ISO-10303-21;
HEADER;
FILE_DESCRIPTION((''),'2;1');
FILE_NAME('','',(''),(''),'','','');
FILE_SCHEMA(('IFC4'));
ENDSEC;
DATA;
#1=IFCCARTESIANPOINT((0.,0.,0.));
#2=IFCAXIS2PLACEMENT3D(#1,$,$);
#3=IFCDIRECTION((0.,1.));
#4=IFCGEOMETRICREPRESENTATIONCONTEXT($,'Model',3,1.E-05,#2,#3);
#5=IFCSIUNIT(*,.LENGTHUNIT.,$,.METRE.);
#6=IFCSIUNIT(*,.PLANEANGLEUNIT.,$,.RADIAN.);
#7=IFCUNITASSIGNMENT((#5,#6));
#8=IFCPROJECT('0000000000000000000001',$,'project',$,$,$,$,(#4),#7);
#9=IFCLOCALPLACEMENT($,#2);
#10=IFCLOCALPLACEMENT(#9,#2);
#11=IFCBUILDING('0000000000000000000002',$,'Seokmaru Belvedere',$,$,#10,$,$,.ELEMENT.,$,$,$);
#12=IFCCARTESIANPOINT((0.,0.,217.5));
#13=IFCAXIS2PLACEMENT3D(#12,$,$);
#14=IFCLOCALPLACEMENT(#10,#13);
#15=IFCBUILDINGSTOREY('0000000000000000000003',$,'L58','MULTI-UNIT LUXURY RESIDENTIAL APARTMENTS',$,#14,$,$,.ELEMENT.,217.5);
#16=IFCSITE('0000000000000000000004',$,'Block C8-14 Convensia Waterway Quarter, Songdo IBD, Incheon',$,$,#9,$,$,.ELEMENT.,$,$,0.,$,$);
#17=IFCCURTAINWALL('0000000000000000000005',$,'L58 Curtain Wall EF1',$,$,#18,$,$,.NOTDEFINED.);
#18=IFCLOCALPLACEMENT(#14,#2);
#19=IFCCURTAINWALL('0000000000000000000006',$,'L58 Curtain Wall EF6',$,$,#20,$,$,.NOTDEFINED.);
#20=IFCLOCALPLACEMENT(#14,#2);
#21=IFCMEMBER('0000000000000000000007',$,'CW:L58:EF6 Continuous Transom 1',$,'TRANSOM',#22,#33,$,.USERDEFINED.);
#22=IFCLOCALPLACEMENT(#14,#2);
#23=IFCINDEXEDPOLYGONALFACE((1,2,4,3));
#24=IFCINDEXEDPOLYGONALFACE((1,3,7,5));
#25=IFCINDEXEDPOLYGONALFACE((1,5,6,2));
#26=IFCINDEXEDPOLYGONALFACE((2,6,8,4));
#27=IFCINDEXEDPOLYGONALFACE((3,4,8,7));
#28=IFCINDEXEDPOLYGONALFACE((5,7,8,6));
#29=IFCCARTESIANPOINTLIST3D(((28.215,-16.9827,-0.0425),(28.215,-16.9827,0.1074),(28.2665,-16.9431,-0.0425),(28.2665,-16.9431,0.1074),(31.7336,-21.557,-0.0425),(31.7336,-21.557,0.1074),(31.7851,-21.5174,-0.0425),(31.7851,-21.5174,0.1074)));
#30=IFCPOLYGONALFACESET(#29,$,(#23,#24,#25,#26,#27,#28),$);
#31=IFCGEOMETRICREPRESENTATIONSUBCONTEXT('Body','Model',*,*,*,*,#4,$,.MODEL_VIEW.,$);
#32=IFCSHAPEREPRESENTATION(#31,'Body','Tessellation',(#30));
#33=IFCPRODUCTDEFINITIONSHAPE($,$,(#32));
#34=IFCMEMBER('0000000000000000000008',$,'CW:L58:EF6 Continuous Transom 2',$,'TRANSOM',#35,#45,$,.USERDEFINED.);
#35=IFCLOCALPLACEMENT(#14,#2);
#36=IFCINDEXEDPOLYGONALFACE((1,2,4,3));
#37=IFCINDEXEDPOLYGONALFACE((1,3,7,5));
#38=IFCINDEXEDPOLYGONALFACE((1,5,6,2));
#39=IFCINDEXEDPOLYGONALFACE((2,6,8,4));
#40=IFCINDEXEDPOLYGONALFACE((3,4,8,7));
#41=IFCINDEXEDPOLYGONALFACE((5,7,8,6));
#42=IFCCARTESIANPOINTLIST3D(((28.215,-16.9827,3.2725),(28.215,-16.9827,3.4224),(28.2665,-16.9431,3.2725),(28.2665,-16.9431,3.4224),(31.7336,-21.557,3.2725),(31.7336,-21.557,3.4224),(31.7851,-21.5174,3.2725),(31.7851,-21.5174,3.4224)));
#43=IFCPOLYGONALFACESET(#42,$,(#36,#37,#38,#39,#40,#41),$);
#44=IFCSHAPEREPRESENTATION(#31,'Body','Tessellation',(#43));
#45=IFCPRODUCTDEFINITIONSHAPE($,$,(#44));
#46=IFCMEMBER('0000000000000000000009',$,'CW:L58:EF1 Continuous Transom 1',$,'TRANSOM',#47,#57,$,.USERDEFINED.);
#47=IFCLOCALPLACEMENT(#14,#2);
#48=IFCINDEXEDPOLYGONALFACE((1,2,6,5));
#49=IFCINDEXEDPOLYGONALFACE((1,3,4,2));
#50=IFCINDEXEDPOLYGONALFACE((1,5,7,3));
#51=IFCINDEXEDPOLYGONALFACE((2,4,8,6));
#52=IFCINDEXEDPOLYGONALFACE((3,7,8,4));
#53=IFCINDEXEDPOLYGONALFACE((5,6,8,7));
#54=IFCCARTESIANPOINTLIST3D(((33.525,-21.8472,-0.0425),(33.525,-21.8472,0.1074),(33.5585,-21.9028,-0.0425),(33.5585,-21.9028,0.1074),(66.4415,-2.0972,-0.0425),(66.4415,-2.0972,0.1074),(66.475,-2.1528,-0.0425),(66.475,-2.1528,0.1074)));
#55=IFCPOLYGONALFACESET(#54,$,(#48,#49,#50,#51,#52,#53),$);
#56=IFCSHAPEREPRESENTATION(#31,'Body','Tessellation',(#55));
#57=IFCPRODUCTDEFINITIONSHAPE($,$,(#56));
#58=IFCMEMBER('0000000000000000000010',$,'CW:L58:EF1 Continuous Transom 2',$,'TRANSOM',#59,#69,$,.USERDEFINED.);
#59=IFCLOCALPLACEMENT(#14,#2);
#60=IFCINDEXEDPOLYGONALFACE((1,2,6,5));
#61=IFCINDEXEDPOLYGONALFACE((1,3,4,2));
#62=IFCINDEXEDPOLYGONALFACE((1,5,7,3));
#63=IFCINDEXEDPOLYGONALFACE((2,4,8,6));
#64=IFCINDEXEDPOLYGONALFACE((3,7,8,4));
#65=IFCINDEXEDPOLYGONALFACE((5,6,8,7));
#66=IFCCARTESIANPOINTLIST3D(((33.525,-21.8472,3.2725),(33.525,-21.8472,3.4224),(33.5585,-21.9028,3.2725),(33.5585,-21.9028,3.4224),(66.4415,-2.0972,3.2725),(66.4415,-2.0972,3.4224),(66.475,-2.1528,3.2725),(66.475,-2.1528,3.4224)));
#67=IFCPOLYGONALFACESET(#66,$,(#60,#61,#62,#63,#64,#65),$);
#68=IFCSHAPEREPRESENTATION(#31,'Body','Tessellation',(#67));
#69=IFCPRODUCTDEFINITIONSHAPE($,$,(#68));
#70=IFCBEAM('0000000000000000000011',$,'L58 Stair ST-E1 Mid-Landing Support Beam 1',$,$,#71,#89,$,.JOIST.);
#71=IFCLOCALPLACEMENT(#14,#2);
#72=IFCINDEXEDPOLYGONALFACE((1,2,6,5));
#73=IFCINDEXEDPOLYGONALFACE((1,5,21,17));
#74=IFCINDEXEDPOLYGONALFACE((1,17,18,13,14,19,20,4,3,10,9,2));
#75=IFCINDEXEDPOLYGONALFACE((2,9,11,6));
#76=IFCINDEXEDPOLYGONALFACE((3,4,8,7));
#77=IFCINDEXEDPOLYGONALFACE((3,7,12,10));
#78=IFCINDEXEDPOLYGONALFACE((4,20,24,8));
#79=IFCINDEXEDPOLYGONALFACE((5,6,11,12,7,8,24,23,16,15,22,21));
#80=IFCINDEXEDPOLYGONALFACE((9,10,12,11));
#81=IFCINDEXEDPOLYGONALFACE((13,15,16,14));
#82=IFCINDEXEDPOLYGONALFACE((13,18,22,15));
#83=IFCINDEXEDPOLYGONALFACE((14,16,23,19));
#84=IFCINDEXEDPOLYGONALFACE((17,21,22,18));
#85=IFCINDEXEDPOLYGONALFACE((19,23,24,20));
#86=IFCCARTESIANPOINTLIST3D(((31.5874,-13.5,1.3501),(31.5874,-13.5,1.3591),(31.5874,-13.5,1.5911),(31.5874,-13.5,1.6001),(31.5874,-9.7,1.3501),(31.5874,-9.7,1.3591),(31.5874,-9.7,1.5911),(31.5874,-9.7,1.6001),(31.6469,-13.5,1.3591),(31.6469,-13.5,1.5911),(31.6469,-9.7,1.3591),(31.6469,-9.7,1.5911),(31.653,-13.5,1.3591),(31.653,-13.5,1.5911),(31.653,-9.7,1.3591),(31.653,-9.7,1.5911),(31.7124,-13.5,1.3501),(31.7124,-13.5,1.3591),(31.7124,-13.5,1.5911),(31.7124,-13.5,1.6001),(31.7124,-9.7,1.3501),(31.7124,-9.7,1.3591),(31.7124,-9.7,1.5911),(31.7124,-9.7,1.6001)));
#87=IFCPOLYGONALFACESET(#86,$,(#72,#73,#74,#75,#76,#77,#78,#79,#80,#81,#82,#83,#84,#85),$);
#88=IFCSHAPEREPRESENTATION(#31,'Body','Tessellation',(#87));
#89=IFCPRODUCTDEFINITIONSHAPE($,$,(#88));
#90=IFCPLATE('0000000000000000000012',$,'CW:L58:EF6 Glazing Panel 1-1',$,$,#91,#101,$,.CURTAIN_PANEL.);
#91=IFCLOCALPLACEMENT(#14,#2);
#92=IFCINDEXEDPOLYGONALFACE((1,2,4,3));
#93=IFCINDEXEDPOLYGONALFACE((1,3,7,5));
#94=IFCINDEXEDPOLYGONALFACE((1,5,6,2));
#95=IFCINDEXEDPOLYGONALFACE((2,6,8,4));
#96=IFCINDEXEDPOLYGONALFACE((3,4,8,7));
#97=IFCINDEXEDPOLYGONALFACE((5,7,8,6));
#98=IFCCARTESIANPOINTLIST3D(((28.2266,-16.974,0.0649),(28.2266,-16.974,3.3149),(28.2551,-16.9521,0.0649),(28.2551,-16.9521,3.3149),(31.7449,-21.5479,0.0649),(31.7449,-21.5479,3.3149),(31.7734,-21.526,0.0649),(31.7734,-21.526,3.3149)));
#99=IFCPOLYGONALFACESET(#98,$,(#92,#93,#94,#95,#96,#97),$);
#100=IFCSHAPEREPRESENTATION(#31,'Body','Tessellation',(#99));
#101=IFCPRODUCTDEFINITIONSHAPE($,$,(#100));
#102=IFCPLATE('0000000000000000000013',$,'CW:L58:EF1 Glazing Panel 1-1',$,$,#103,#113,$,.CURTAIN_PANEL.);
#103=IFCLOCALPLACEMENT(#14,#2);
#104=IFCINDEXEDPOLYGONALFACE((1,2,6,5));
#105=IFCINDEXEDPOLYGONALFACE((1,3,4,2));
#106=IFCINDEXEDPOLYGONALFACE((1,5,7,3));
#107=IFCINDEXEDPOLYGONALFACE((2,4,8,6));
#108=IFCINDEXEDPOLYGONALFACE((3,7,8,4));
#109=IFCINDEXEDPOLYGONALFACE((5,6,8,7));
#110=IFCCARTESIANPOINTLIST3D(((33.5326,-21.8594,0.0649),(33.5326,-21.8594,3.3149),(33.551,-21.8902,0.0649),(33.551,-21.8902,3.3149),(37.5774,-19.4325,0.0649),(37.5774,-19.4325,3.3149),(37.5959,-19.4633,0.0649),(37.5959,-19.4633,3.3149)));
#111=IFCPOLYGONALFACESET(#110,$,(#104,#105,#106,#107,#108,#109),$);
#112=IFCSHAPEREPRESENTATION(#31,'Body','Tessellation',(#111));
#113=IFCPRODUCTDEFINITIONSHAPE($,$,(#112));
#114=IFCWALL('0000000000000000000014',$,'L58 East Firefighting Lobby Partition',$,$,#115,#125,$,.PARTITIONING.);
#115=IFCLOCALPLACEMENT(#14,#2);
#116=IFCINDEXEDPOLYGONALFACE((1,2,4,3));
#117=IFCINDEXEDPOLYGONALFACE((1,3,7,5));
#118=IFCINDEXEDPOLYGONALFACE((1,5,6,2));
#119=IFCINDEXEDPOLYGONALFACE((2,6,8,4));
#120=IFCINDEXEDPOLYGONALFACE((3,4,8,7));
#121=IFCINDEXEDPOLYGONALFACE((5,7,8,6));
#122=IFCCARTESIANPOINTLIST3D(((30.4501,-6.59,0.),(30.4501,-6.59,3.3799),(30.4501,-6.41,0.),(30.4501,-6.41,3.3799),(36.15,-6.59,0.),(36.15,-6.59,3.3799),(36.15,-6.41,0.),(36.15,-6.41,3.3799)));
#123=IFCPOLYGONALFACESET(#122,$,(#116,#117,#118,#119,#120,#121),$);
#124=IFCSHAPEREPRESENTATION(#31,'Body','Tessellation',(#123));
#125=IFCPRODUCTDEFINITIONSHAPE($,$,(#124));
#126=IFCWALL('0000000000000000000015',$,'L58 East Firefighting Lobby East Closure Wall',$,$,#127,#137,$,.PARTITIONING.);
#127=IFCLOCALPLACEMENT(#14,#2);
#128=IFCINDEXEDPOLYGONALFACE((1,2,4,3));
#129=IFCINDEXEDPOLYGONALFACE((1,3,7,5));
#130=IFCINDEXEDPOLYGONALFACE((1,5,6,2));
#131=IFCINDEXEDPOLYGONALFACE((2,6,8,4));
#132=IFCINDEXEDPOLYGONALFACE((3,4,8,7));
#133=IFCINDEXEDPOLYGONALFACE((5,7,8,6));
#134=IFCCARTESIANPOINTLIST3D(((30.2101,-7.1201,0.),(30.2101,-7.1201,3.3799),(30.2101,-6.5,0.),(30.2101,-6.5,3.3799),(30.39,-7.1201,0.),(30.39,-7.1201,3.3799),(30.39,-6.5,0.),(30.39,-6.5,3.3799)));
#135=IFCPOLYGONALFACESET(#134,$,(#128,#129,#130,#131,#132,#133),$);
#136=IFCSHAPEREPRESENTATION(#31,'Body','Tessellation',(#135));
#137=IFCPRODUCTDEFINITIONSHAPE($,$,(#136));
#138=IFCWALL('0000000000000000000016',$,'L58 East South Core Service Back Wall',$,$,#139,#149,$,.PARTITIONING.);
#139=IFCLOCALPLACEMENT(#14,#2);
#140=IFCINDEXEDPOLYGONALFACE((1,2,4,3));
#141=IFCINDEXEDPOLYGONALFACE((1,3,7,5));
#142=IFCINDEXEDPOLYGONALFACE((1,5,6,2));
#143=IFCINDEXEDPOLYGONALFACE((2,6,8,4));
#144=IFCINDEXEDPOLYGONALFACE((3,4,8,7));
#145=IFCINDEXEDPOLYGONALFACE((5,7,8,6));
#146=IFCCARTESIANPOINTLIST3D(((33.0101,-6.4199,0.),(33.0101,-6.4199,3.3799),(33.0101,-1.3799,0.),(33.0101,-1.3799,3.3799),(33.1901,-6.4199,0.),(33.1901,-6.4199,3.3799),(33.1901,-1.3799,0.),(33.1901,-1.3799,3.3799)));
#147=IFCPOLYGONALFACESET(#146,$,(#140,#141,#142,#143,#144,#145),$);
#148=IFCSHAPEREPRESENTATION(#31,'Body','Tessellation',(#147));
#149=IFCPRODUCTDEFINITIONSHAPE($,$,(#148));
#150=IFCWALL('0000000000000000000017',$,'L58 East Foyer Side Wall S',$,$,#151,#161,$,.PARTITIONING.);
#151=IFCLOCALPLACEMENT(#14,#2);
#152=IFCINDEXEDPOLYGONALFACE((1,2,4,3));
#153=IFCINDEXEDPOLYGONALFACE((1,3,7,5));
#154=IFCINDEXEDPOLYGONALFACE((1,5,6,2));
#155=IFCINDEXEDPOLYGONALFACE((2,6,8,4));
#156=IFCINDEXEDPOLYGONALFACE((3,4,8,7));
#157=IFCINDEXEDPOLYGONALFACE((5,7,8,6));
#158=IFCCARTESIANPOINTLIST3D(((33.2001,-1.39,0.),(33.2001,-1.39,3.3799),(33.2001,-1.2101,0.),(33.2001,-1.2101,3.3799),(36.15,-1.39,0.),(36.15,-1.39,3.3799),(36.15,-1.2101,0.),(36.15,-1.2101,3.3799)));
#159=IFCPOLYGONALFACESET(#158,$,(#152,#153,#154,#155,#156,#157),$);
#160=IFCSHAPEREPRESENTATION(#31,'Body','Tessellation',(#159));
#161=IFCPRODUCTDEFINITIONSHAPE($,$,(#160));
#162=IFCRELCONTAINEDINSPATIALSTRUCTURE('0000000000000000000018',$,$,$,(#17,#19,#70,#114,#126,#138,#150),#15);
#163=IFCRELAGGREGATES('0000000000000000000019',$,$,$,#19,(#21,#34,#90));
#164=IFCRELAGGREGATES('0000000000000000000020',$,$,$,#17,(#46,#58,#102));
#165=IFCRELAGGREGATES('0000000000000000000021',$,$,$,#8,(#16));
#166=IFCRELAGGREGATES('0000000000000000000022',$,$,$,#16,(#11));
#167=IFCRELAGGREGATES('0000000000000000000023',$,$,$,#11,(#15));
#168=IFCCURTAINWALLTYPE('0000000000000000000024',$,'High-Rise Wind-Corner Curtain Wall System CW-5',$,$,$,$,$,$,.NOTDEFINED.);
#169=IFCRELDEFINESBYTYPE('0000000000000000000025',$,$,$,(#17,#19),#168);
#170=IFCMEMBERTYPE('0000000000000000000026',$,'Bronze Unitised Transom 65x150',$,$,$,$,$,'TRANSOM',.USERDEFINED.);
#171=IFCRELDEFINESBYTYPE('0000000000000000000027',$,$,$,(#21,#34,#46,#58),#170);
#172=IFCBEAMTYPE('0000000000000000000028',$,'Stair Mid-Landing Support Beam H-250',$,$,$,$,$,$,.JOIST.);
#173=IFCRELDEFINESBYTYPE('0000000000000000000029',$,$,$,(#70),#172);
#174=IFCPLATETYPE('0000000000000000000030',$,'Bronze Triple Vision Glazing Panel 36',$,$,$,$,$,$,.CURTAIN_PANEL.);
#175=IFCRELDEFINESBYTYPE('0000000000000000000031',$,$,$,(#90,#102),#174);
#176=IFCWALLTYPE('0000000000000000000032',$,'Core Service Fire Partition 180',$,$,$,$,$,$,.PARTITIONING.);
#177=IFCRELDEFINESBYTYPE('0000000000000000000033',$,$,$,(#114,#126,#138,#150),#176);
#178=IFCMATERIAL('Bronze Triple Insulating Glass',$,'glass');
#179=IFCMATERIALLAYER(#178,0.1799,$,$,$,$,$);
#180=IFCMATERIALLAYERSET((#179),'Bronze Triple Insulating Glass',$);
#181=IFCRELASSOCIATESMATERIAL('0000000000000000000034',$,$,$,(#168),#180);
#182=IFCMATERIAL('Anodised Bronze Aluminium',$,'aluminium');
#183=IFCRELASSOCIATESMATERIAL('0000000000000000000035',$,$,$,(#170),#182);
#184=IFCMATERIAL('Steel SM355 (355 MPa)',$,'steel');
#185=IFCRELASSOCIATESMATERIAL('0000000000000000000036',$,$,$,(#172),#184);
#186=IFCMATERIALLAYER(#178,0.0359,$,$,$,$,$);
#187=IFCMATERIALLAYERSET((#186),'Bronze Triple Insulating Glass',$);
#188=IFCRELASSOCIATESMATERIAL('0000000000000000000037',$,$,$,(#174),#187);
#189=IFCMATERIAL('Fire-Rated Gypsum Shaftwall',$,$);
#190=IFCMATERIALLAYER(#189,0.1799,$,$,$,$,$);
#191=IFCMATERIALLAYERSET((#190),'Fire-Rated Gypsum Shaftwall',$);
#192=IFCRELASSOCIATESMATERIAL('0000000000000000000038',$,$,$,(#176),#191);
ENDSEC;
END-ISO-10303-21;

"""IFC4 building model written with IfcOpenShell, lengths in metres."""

from ifc_helpers import new_model, si_unit, direction, frame, frame_2d, origin, origin_2d, place, context, subcontext, project, spatial, rectangle, i_section, extrude, source, transform, mapped, material, layer, layer_set, material_profile, profile_set, type_object, type_shapes, element, aggregate, save


model = new_model("IFC4")

# Units and contexts
model_context = context("Model", 3, precision=1e-05, world=origin(), true_north=direction((0.0, 1.0)))
body_context = subcontext(model_context, "Body", "Model", "MODEL_VIEW")
ifc_project = project(units=[si_unit("LENGTHUNIT", "METRE"), si_unit("PLANEANGLEUNIT", "RADIAN")], contexts=[model_context])

# Site, building, storey
site_placement = place(None, origin())
site = spatial("IfcSite", under=ifc_project, at=site_placement, Name="Block C8-14 Convensia Waterway Quarter, Songdo IBD, Incheon", CompositionType="ELEMENT", RefElevation=0.0)
building_placement = place(site_placement, origin())
building = spatial("IfcBuilding", under=site, at=building_placement, Name="Seokmaru Belvedere", CompositionType="ELEMENT")
storey_placement = place(building_placement, frame((0.0, 0.0, 217.5)))
storey = spatial("IfcBuildingStorey", under=building, at=storey_placement, Name="L58", Description="MULTI-UNIT LUXURY RESIDENTIAL APARTMENTS", CompositionType="ELEMENT", Elevation=217.5)

# Shared definitions
ifc_material_1 = material(Name="Steel SM355 (355 MPa)", Category="steel")

# Curtain wall
ifc_material_2 = material(Name="Bronze Triple Insulating Glass", Category="glass")
ifc_layer_1 = layer(ifc_material_2, 0.1799)
ifc_layer_set_1 = layer_set([ifc_layer_1], Name="Bronze Triple Insulating Glass")
curtain_wall_type = type_object("IfcCurtainWallType", Name="High-Rise Wind-Corner Curtain Wall System CW-5", PredefinedType="NOTDEFINED", material=ifc_layer_set_1)
curtain_wall_1_placement = place(storey_placement, origin())
curtain_wall_1 = element("IfcCurtainWall", 1, at=curtain_wall_1_placement, inside=storey, type_object=curtain_wall_type, Name="L58 Curtain Wall EF1", PredefinedType="NOTDEFINED")
ifc_material_3 = material(Name="Anodised Bronze Aluminium", Category="aluminium")

# Curtain wall, members
curtain_wall_2_placement = place(storey_placement, origin())
curtain_wall_2 = element("IfcCurtainWall", 2, at=curtain_wall_2_placement, inside=storey, type_object=curtain_wall_type, Name="L58 Curtain Wall EF6", PredefinedType="NOTDEFINED")
ifc_material_profile_1 = material_profile(ifc_material_3, rectangle(XDim=0.0649, YDim=0.1499, at=origin_2d()), Name="CW-T-65x150")
ifc_profile_set_1 = profile_set([ifc_material_profile_1], Name="Anodised Bronze Aluminium")
member_type_1 = type_object("IfcMemberType", Name="Bronze Unitised Transom 65x150", ElementType="TRANSOM", PredefinedType="USERDEFINED", material=ifc_profile_set_1)
shared_shape_1 = source(origin(), body_context, "Body", "SweptSolid", [
    extrude(rectangle(XDim=0.0649, YDim=0.1499, at=origin_2d()), origin(), (0.0, 0.0, 1.0), 5.771),
])
member_1_placement = place(storey_placement, frame((28.2407, -16.9629, 0.0325), z_axis=(0.609703, -0.79263, 0.0), x_axis=(0.79263, 0.609703, 0.0)))
member_1 = element("IfcMember", 3, at=member_1_placement, type_object=member_type_1, Name="CW:L58:EF6 Continuous Transom 1", ObjectType="TRANSOM", PredefinedType="USERDEFINED", context=body_context, shape_type="MappedRepresentation", body=[
    mapped(shared_shape_1, transform((0.0, 0.0, 0.0), scale=1.0)),
])
member_2_placement = place(storey_placement, frame((28.2407, -16.9629, 3.3474), z_axis=(0.609703, -0.79263, 0.0), x_axis=(0.79263, 0.609703, 0.0)))
member_2 = element("IfcMember", 4, at=member_2_placement, type_object=member_type_1, Name="CW:L58:EF6 Continuous Transom 2", ObjectType="TRANSOM", PredefinedType="USERDEFINED", context=body_context, shape_type="MappedRepresentation", body=[
    mapped(shared_shape_1, transform((0.0, 0.0, 0.0), scale=1.0)),
])

# Members
shared_shape_2 = source(origin(), body_context, "Body", "SweptSolid", [
    extrude(rectangle(XDim=0.0649, YDim=0.1499, at=origin_2d()), origin(), (0.0, 0.0, 1.0), 38.387),
])
type_shapes(member_type_1, [shared_shape_1, shared_shape_2])
member_3_placement = place(storey_placement, frame((33.5417, -21.875, 0.0325), z_axis=(0.857492, 0.514498, 0.0), x_axis=(-0.514498, 0.857492, 0.0)))
member_3 = element("IfcMember", 5, at=member_3_placement, type_object=member_type_1, Name="CW:L58:EF1 Continuous Transom 1", ObjectType="TRANSOM", PredefinedType="USERDEFINED", context=body_context, shape_type="MappedRepresentation", body=[
    mapped(shared_shape_2, transform((0.0, 0.0, 0.0), scale=1.0)),
])
member_4_placement = place(storey_placement, frame((33.5417, -21.875, 3.3474), z_axis=(0.857492, 0.514498, 0.0), x_axis=(-0.514498, 0.857492, 0.0)))
member_4 = element("IfcMember", 6, at=member_4_placement, type_object=member_type_1, Name="CW:L58:EF1 Continuous Transom 2", ObjectType="TRANSOM", PredefinedType="USERDEFINED", context=body_context, shape_type="MappedRepresentation", body=[
    mapped(shared_shape_2, transform((0.0, 0.0, 0.0), scale=1.0)),
])

# Beam
ifc_material_profile_2 = material_profile(ifc_material_1, i_section(OverallWidth=0.125, OverallDepth=0.25, WebThickness=0.0061, FlangeThickness=0.009, at=origin_2d()), Name="H-250x125x6x9")
ifc_profile_set_2 = profile_set([ifc_material_profile_2], Name="Steel SM355 (355 MPa)")
beam_type_1 = type_object("IfcBeamType", Name="Stair Mid-Landing Support Beam H-250", PredefinedType="JOIST", material=ifc_profile_set_2)
shared_shape_3 = source(origin(), body_context, "Body", "SweptSolid", [
    extrude(i_section(OverallWidth=0.125, OverallDepth=0.25, WebThickness=0.0061, FlangeThickness=0.009, at=origin_2d()), origin(), (0.0, 0.0, 1.0), 3.8),
])
type_shapes(beam_type_1, [shared_shape_3])
beam_1_placement = place(storey_placement, frame((31.6499, -13.5, 1.4751), z_axis=(0.0, 1.0, 0.0), x_axis=(-1.0, 0.0, 0.0)))
element("IfcBeam", 7, at=beam_1_placement, inside=storey, type_object=beam_type_1, Name="L58 Stair ST-E1 Mid-Landing Support Beam 1", PredefinedType="JOIST", context=body_context, shape_type="MappedRepresentation", body=[
    mapped(shared_shape_3, transform((0.0, 0.0, 0.0), scale=1.0)),
])

# Plates
ifc_layer_2 = layer(ifc_material_2, 0.0359)
ifc_layer_set_2 = layer_set([ifc_layer_2], Name="Bronze Triple Insulating Glass")
plate_type = type_object("IfcPlateType", Name="Bronze Triple Vision Glazing Panel 36", PredefinedType="CURTAIN_PANEL", material=ifc_layer_set_2)
shared_shape_4 = source(origin(), body_context, "Body", "SweptSolid", [
    extrude(rectangle(XDim=5.7705, YDim=0.0359, at=origin_2d()), origin(), (0.0, 0.0, 1.0), 3.25),
])
plate_1_placement = place(storey_placement, frame((30.0, -19.25, 0.0649), z_axis=(0.0, 0.0, 1.0), x_axis=(0.609701, -0.792631, 0.0)))
plate_1 = element("IfcPlate", 8, at=plate_1_placement, type_object=plate_type, Name="CW:L58:EF6 Glazing Panel 1-1", PredefinedType="CURTAIN_PANEL", context=body_context, shape_type="MappedRepresentation", body=[
    mapped(shared_shape_4, transform((0.0, 0.0, 0.0), scale=1.0)),
])
aggregate(curtain_wall_2, [member_1, member_2, plate_1])
shared_shape_5 = source(origin(), body_context, "Body", "SweptSolid", [
    extrude(rectangle(XDim=4.717, YDim=0.0359, at=origin_2d()), origin(), (0.0, 0.0, 1.0), 3.25),
])
type_shapes(plate_type, [shared_shape_4, shared_shape_5])
plate_2_placement = place(storey_placement, frame((35.5642, -20.6614, 0.0649), z_axis=(0.0, 0.0, 1.0), x_axis=(0.857493, 0.514495, 0.0)))
plate_2 = element("IfcPlate", 9, at=plate_2_placement, type_object=plate_type, Name="CW:L58:EF1 Glazing Panel 1-1", PredefinedType="CURTAIN_PANEL", context=body_context, shape_type="MappedRepresentation", body=[
    mapped(shared_shape_5, transform((0.0, 0.0, 0.0), scale=1.0)),
])
aggregate(curtain_wall_1, [member_3, member_4, plate_2])

# Walls
ifc_material_4 = material(Name="Fire-Rated Gypsum Shaftwall")
ifc_layer_3 = layer(ifc_material_4, 0.1799)
ifc_layer_set_3 = layer_set([ifc_layer_3], Name="Fire-Rated Gypsum Shaftwall")
wall_type_1 = type_object("IfcWallType", Name="Core Service Fire Partition 180", PredefinedType="PARTITIONING", material=ifc_layer_set_3)
wall_1_placement = place(storey_placement, frame((30.45, -6.5, 0.0), z_axis=(0.0, 0.0, 1.0), x_axis=(1.0, 0.0, 0.0)))
element("IfcWall", 10, at=wall_1_placement, inside=storey, type_object=wall_type_1, Name="L58 East Firefighting Lobby Partition", PredefinedType="PARTITIONING", context=body_context, shape_type="SweptSolid", body=[
    extrude(rectangle(XDim=5.7, YDim=0.1799, at=frame_2d((2.8501, 0.0))), origin(), (0.0, 0.0, 1.0), 3.3799),
])
wall_2_placement = place(storey_placement, frame((30.3, -7.1201, 0.0), z_axis=(0.0, 0.0, 1.0), x_axis=(0.0, 1.0, 0.0)))
element("IfcWall", 11, at=wall_2_placement, inside=storey, type_object=wall_type_1, Name="L58 East Firefighting Lobby East Closure Wall", PredefinedType="PARTITIONING", context=body_context, shape_type="SweptSolid", body=[
    extrude(rectangle(XDim=0.6201, YDim=0.1799, at=frame_2d((0.3101, 0.0))), origin(), (0.0, 0.0, 1.0), 3.3799),
])
wall_3_placement = place(storey_placement, frame((33.1001, -6.4199, 0.0), z_axis=(0.0, 0.0, 1.0), x_axis=(0.0, 1.0, 0.0)))
element("IfcWall", 12, at=wall_3_placement, inside=storey, type_object=wall_type_1, Name="L58 East South Core Service Back Wall", PredefinedType="PARTITIONING", context=body_context, shape_type="SweptSolid", body=[
    extrude(rectangle(XDim=5.04, YDim=0.1799, at=frame_2d((2.52, 0.0))), origin(), (0.0, 0.0, 1.0), 3.3799),
])
wall_4_placement = place(storey_placement, frame((33.2, -1.3, 0.0), z_axis=(0.0, 0.0, 1.0), x_axis=(1.0, 0.0, 0.0)))
element("IfcWall", 13, at=wall_4_placement, inside=storey, type_object=wall_type_1, Name="L58 East Foyer Side Wall S", PredefinedType="PARTITIONING", context=body_context, shape_type="SweptSolid", body=[
    extrude(rectangle(XDim=2.95, YDim=0.1799, at=frame_2d((1.4751, 0.0))), origin(), (0.0, 0.0, 1.0), 3.3799),
])

save(model, "model.ifc")
